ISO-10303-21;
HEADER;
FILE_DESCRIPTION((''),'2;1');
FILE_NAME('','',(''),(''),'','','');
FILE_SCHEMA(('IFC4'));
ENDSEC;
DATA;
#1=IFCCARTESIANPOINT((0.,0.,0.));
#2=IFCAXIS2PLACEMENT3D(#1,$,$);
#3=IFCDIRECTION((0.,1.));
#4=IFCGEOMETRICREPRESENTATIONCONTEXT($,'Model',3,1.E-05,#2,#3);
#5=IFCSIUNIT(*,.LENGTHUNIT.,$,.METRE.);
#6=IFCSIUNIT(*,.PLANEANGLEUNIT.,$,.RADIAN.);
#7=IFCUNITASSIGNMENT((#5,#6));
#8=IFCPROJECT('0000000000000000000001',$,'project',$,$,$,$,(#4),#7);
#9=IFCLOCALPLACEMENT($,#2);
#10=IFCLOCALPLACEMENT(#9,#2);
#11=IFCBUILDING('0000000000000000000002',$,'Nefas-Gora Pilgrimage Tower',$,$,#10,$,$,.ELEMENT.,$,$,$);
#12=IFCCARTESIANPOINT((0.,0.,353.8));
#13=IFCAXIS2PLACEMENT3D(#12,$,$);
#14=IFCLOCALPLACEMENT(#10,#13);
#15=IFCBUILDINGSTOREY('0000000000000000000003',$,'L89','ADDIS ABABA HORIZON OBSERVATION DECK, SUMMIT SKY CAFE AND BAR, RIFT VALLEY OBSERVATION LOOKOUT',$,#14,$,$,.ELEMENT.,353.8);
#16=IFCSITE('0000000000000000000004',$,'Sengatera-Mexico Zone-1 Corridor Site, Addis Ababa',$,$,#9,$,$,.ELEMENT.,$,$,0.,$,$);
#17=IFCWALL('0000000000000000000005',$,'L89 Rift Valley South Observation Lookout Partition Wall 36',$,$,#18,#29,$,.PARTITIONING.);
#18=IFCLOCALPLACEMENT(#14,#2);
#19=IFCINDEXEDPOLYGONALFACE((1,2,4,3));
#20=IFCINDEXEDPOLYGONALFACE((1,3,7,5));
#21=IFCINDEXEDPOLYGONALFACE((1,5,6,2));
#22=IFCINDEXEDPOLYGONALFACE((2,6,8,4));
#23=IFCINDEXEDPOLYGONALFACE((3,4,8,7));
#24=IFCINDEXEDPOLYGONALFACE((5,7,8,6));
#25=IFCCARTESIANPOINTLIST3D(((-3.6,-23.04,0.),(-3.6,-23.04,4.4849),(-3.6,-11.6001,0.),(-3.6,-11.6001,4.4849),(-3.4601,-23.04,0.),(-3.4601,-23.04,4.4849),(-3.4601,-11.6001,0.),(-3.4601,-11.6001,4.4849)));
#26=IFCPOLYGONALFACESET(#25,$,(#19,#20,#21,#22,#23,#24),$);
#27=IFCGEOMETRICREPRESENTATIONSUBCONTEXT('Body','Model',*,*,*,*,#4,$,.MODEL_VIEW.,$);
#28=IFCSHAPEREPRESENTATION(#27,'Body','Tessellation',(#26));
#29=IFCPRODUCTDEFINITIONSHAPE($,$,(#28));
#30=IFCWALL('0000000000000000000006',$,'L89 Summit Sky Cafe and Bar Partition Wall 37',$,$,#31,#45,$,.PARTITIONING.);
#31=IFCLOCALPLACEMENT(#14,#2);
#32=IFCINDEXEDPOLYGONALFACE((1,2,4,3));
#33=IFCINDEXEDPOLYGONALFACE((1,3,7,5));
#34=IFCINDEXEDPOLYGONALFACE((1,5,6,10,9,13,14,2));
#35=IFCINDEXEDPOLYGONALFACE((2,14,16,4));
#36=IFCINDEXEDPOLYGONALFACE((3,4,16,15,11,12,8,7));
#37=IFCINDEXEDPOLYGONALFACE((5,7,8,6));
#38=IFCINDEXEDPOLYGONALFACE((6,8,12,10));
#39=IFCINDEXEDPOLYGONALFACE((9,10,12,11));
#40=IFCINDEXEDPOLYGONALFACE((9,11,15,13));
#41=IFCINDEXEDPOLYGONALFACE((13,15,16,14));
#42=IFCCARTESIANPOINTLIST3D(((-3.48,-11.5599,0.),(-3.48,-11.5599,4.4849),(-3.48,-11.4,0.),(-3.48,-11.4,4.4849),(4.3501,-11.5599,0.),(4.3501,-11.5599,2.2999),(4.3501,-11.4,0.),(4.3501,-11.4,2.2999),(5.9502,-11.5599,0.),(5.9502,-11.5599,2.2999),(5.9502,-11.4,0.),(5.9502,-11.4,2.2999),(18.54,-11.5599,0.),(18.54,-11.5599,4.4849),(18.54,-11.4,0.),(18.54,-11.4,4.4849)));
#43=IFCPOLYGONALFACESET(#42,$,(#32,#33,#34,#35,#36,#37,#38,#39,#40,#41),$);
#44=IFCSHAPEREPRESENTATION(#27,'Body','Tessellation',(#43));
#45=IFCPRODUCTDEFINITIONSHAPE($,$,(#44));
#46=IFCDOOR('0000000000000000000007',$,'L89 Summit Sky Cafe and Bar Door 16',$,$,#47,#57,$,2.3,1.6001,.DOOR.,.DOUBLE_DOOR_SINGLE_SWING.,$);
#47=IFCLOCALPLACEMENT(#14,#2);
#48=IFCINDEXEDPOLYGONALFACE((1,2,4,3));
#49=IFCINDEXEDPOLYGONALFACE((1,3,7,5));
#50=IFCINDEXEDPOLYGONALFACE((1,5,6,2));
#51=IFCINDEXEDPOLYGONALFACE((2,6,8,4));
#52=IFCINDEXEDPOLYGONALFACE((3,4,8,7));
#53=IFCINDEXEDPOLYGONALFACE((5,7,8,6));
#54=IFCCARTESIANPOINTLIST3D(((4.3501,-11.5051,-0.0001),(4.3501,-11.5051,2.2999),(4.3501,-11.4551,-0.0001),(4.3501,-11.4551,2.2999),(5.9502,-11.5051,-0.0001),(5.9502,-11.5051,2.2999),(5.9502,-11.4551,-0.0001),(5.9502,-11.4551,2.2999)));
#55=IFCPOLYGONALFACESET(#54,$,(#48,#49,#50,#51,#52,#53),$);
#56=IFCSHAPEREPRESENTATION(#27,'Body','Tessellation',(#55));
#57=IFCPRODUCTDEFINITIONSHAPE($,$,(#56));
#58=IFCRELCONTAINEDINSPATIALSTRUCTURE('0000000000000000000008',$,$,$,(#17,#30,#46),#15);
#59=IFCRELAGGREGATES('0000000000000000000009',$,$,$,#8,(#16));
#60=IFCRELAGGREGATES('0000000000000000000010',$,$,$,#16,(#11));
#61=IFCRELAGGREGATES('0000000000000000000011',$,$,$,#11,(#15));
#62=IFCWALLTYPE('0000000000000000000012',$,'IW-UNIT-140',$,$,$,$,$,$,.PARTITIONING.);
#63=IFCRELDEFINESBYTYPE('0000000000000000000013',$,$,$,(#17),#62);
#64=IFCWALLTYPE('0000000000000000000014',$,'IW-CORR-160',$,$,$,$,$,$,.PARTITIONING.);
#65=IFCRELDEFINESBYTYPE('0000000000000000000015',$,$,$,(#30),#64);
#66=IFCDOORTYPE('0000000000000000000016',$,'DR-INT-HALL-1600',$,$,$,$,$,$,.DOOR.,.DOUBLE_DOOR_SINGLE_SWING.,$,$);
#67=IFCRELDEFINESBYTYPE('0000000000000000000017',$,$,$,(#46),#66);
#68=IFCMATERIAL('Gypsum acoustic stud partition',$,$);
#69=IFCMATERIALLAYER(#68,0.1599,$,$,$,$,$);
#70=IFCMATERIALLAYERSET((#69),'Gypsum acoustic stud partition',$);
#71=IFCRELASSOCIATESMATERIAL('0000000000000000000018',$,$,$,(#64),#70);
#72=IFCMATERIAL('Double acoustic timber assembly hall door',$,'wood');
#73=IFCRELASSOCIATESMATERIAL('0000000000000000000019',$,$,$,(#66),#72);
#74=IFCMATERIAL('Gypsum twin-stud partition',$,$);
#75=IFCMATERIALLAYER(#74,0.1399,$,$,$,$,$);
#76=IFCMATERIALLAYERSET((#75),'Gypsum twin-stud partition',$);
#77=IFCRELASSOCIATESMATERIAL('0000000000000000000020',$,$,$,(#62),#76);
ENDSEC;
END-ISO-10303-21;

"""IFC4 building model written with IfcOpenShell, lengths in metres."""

from ifc_helpers import new_model, si_unit, direction, frame, frame_2d, origin, place, context, subcontext, project, spatial, rectangle, extrude, source, transform, mapped, material, layer, layer_set, type_object, element, fill, save


model = new_model("IFC4")

# Units and contexts
model_context = context("Model", 3, precision=1e-05, world=origin(), true_north=direction((0.0, 1.0)))
body_context = subcontext(model_context, "Body", "Model", "MODEL_VIEW")
ifc_project = project(units=[si_unit("LENGTHUNIT", "METRE"), si_unit("PLANEANGLEUNIT", "RADIAN")], contexts=[model_context])

# Site, building, storey
site_placement = place(None, origin())
site = spatial("IfcSite", under=ifc_project, at=site_placement, Name="Sengatera-Mexico Zone-1 Corridor Site, Addis Ababa", CompositionType="ELEMENT", RefElevation=0.0)
building_placement = place(site_placement, origin())
building = spatial("IfcBuilding", under=site, at=building_placement, Name="Nefas-Gora Pilgrimage Tower", CompositionType="ELEMENT")
storey_placement = place(building_placement, frame((0.0, 0.0, 353.8)))
storey = spatial("IfcBuildingStorey", under=building, at=storey_placement, Name="L89", Description="ADDIS ABABA HORIZON OBSERVATION DECK, SUMMIT SKY CAFE AND BAR, RIFT VALLEY OBSERVATION LOOKOUT", CompositionType="ELEMENT", Elevation=353.8)

# Shared definitions
ifc_material_1 = material(Name="Gypsum acoustic stud partition")
ifc_layer_1 = layer(ifc_material_1, 0.1599)
ifc_layer_set_1 = layer_set([ifc_layer_1], Name="Gypsum acoustic stud partition")
wall_type_1 = type_object("IfcWallType", Name="IW-CORR-160", PredefinedType="PARTITIONING", material=ifc_layer_set_1)
ifc_material_2 = material(Name="Double acoustic timber assembly hall door", Category="wood")
door_type = type_object("IfcDoorType", Name="DR-INT-HALL-1600", OperationType="DOUBLE_DOOR_SINGLE_SWING", PredefinedType="DOOR", material=ifc_material_2)
shared_shape_1 = source(origin(), body_context, "Body", "SweptSolid", [
    extrude(rectangle(XDim=1.6001, YDim=2.3, at=frame_2d((0.8, 1.1499))), frame((0.0, 0.0249, 0.0), z_axis=(0.0, -1.0, 0.0), x_axis=(1.0, 0.0, 0.0)), (0.0, 0.0, 1.0), 0.05),
])

# Wall
ifc_material_3 = material(Name="Gypsum twin-stud partition")
ifc_layer_2 = layer(ifc_material_3, 0.1399)
ifc_layer_set_2 = layer_set([ifc_layer_2], Name="Gypsum twin-stud partition")
wall_type_2 = type_object("IfcWallType", Name="IW-UNIT-140", PredefinedType="PARTITIONING", material=ifc_layer_set_2)
shared_shape_2 = source(origin(), body_context, "Body", "SweptSolid", [
    extrude(rectangle(XDim=11.4399, YDim=0.1399, at=frame_2d((5.72, 0.0))), origin(), (0.0, 0.0, 1.0), 4.4849),
])
wall_1_placement = place(storey_placement, frame((-3.53, -23.04, 0.0), z_axis=(0.0, 0.0, 1.0), x_axis=(0.0, 1.0, 0.0)))
element("IfcWall", 1, at=wall_1_placement, inside=storey, type_object=wall_type_2, Name="L89 Rift Valley South Observation Lookout Partition Wall 36", PredefinedType="PARTITIONING", context=body_context, shape_type="MappedRepresentation", body=[
    mapped(shared_shape_2, transform((0.0, 0.0, 0.0), x_axis=(1.0, 0.0, 0.0), y_axis=(0.0, 1.0, 0.0), z_axis=(0.0, 0.0, 1.0), scale=1.0)),
])

# Wall, opening, door
shared_shape_3 = source(origin(), body_context, "Body", "SweptSolid", [
    extrude(rectangle(XDim=22.02, YDim=0.1599, at=frame_2d((11.01, 0.0))), origin(), (0.0, 0.0, 1.0), 4.4849),
])
wall_2_placement = place(storey_placement, frame((-3.48, -11.48, 0.0), z_axis=(0.0, 0.0, 1.0), x_axis=(1.0, 0.0, 0.0)))
wall_2 = element("IfcWall", 2, at=wall_2_placement, inside=storey, type_object=wall_type_1, Name="L89 Summit Sky Cafe and Bar Partition Wall 37", PredefinedType="PARTITIONING", context=body_context, shape_type="MappedRepresentation", body=[
    mapped(shared_shape_3, transform((0.0, 0.0, 0.0), x_axis=(1.0, 0.0, 0.0), y_axis=(0.0, 1.0, 0.0), z_axis=(0.0, 0.0, 1.0), scale=1.0)),
])
opening_1_placement = place(wall_2_placement, frame((7.8301, 0.0, 0.0)))
opening_1 = element("IfcOpeningElement", 3, at=opening_1_placement, cuts=wall_2, PredefinedType="OPENING", context=body_context, shape_type="SweptSolid", body=[
    extrude(rectangle(XDim=1.6001, YDim=2.3, at=frame_2d((0.8, 1.1499))), frame((0.0, 0.0898, 0.0), z_axis=(0.0, -1.0, 0.0), x_axis=(1.0, 0.0, 0.0)), (0.0, 0.0, 1.0), 0.1799),
])
door_1_placement = place(opening_1_placement, origin())
door_1 = element("IfcDoor", 4, at=door_1_placement, inside=storey, type_object=door_type, Name="L89 Summit Sky Cafe and Bar Door 16", OperationType="DOUBLE_DOOR_SINGLE_SWING", OverallHeight=2.3, OverallWidth=1.6001, PredefinedType="DOOR", context=body_context, shape_type="MappedRepresentation", body=[
    mapped(shared_shape_1, transform((0.0, 0.0, 0.0), x_axis=(1.0, 0.0, 0.0), y_axis=(0.0, 1.0, 0.0), z_axis=(0.0, 0.0, 1.0), scale=1.0)),
])
fill(opening_1, door_1)

save(model, "model.ifc")
